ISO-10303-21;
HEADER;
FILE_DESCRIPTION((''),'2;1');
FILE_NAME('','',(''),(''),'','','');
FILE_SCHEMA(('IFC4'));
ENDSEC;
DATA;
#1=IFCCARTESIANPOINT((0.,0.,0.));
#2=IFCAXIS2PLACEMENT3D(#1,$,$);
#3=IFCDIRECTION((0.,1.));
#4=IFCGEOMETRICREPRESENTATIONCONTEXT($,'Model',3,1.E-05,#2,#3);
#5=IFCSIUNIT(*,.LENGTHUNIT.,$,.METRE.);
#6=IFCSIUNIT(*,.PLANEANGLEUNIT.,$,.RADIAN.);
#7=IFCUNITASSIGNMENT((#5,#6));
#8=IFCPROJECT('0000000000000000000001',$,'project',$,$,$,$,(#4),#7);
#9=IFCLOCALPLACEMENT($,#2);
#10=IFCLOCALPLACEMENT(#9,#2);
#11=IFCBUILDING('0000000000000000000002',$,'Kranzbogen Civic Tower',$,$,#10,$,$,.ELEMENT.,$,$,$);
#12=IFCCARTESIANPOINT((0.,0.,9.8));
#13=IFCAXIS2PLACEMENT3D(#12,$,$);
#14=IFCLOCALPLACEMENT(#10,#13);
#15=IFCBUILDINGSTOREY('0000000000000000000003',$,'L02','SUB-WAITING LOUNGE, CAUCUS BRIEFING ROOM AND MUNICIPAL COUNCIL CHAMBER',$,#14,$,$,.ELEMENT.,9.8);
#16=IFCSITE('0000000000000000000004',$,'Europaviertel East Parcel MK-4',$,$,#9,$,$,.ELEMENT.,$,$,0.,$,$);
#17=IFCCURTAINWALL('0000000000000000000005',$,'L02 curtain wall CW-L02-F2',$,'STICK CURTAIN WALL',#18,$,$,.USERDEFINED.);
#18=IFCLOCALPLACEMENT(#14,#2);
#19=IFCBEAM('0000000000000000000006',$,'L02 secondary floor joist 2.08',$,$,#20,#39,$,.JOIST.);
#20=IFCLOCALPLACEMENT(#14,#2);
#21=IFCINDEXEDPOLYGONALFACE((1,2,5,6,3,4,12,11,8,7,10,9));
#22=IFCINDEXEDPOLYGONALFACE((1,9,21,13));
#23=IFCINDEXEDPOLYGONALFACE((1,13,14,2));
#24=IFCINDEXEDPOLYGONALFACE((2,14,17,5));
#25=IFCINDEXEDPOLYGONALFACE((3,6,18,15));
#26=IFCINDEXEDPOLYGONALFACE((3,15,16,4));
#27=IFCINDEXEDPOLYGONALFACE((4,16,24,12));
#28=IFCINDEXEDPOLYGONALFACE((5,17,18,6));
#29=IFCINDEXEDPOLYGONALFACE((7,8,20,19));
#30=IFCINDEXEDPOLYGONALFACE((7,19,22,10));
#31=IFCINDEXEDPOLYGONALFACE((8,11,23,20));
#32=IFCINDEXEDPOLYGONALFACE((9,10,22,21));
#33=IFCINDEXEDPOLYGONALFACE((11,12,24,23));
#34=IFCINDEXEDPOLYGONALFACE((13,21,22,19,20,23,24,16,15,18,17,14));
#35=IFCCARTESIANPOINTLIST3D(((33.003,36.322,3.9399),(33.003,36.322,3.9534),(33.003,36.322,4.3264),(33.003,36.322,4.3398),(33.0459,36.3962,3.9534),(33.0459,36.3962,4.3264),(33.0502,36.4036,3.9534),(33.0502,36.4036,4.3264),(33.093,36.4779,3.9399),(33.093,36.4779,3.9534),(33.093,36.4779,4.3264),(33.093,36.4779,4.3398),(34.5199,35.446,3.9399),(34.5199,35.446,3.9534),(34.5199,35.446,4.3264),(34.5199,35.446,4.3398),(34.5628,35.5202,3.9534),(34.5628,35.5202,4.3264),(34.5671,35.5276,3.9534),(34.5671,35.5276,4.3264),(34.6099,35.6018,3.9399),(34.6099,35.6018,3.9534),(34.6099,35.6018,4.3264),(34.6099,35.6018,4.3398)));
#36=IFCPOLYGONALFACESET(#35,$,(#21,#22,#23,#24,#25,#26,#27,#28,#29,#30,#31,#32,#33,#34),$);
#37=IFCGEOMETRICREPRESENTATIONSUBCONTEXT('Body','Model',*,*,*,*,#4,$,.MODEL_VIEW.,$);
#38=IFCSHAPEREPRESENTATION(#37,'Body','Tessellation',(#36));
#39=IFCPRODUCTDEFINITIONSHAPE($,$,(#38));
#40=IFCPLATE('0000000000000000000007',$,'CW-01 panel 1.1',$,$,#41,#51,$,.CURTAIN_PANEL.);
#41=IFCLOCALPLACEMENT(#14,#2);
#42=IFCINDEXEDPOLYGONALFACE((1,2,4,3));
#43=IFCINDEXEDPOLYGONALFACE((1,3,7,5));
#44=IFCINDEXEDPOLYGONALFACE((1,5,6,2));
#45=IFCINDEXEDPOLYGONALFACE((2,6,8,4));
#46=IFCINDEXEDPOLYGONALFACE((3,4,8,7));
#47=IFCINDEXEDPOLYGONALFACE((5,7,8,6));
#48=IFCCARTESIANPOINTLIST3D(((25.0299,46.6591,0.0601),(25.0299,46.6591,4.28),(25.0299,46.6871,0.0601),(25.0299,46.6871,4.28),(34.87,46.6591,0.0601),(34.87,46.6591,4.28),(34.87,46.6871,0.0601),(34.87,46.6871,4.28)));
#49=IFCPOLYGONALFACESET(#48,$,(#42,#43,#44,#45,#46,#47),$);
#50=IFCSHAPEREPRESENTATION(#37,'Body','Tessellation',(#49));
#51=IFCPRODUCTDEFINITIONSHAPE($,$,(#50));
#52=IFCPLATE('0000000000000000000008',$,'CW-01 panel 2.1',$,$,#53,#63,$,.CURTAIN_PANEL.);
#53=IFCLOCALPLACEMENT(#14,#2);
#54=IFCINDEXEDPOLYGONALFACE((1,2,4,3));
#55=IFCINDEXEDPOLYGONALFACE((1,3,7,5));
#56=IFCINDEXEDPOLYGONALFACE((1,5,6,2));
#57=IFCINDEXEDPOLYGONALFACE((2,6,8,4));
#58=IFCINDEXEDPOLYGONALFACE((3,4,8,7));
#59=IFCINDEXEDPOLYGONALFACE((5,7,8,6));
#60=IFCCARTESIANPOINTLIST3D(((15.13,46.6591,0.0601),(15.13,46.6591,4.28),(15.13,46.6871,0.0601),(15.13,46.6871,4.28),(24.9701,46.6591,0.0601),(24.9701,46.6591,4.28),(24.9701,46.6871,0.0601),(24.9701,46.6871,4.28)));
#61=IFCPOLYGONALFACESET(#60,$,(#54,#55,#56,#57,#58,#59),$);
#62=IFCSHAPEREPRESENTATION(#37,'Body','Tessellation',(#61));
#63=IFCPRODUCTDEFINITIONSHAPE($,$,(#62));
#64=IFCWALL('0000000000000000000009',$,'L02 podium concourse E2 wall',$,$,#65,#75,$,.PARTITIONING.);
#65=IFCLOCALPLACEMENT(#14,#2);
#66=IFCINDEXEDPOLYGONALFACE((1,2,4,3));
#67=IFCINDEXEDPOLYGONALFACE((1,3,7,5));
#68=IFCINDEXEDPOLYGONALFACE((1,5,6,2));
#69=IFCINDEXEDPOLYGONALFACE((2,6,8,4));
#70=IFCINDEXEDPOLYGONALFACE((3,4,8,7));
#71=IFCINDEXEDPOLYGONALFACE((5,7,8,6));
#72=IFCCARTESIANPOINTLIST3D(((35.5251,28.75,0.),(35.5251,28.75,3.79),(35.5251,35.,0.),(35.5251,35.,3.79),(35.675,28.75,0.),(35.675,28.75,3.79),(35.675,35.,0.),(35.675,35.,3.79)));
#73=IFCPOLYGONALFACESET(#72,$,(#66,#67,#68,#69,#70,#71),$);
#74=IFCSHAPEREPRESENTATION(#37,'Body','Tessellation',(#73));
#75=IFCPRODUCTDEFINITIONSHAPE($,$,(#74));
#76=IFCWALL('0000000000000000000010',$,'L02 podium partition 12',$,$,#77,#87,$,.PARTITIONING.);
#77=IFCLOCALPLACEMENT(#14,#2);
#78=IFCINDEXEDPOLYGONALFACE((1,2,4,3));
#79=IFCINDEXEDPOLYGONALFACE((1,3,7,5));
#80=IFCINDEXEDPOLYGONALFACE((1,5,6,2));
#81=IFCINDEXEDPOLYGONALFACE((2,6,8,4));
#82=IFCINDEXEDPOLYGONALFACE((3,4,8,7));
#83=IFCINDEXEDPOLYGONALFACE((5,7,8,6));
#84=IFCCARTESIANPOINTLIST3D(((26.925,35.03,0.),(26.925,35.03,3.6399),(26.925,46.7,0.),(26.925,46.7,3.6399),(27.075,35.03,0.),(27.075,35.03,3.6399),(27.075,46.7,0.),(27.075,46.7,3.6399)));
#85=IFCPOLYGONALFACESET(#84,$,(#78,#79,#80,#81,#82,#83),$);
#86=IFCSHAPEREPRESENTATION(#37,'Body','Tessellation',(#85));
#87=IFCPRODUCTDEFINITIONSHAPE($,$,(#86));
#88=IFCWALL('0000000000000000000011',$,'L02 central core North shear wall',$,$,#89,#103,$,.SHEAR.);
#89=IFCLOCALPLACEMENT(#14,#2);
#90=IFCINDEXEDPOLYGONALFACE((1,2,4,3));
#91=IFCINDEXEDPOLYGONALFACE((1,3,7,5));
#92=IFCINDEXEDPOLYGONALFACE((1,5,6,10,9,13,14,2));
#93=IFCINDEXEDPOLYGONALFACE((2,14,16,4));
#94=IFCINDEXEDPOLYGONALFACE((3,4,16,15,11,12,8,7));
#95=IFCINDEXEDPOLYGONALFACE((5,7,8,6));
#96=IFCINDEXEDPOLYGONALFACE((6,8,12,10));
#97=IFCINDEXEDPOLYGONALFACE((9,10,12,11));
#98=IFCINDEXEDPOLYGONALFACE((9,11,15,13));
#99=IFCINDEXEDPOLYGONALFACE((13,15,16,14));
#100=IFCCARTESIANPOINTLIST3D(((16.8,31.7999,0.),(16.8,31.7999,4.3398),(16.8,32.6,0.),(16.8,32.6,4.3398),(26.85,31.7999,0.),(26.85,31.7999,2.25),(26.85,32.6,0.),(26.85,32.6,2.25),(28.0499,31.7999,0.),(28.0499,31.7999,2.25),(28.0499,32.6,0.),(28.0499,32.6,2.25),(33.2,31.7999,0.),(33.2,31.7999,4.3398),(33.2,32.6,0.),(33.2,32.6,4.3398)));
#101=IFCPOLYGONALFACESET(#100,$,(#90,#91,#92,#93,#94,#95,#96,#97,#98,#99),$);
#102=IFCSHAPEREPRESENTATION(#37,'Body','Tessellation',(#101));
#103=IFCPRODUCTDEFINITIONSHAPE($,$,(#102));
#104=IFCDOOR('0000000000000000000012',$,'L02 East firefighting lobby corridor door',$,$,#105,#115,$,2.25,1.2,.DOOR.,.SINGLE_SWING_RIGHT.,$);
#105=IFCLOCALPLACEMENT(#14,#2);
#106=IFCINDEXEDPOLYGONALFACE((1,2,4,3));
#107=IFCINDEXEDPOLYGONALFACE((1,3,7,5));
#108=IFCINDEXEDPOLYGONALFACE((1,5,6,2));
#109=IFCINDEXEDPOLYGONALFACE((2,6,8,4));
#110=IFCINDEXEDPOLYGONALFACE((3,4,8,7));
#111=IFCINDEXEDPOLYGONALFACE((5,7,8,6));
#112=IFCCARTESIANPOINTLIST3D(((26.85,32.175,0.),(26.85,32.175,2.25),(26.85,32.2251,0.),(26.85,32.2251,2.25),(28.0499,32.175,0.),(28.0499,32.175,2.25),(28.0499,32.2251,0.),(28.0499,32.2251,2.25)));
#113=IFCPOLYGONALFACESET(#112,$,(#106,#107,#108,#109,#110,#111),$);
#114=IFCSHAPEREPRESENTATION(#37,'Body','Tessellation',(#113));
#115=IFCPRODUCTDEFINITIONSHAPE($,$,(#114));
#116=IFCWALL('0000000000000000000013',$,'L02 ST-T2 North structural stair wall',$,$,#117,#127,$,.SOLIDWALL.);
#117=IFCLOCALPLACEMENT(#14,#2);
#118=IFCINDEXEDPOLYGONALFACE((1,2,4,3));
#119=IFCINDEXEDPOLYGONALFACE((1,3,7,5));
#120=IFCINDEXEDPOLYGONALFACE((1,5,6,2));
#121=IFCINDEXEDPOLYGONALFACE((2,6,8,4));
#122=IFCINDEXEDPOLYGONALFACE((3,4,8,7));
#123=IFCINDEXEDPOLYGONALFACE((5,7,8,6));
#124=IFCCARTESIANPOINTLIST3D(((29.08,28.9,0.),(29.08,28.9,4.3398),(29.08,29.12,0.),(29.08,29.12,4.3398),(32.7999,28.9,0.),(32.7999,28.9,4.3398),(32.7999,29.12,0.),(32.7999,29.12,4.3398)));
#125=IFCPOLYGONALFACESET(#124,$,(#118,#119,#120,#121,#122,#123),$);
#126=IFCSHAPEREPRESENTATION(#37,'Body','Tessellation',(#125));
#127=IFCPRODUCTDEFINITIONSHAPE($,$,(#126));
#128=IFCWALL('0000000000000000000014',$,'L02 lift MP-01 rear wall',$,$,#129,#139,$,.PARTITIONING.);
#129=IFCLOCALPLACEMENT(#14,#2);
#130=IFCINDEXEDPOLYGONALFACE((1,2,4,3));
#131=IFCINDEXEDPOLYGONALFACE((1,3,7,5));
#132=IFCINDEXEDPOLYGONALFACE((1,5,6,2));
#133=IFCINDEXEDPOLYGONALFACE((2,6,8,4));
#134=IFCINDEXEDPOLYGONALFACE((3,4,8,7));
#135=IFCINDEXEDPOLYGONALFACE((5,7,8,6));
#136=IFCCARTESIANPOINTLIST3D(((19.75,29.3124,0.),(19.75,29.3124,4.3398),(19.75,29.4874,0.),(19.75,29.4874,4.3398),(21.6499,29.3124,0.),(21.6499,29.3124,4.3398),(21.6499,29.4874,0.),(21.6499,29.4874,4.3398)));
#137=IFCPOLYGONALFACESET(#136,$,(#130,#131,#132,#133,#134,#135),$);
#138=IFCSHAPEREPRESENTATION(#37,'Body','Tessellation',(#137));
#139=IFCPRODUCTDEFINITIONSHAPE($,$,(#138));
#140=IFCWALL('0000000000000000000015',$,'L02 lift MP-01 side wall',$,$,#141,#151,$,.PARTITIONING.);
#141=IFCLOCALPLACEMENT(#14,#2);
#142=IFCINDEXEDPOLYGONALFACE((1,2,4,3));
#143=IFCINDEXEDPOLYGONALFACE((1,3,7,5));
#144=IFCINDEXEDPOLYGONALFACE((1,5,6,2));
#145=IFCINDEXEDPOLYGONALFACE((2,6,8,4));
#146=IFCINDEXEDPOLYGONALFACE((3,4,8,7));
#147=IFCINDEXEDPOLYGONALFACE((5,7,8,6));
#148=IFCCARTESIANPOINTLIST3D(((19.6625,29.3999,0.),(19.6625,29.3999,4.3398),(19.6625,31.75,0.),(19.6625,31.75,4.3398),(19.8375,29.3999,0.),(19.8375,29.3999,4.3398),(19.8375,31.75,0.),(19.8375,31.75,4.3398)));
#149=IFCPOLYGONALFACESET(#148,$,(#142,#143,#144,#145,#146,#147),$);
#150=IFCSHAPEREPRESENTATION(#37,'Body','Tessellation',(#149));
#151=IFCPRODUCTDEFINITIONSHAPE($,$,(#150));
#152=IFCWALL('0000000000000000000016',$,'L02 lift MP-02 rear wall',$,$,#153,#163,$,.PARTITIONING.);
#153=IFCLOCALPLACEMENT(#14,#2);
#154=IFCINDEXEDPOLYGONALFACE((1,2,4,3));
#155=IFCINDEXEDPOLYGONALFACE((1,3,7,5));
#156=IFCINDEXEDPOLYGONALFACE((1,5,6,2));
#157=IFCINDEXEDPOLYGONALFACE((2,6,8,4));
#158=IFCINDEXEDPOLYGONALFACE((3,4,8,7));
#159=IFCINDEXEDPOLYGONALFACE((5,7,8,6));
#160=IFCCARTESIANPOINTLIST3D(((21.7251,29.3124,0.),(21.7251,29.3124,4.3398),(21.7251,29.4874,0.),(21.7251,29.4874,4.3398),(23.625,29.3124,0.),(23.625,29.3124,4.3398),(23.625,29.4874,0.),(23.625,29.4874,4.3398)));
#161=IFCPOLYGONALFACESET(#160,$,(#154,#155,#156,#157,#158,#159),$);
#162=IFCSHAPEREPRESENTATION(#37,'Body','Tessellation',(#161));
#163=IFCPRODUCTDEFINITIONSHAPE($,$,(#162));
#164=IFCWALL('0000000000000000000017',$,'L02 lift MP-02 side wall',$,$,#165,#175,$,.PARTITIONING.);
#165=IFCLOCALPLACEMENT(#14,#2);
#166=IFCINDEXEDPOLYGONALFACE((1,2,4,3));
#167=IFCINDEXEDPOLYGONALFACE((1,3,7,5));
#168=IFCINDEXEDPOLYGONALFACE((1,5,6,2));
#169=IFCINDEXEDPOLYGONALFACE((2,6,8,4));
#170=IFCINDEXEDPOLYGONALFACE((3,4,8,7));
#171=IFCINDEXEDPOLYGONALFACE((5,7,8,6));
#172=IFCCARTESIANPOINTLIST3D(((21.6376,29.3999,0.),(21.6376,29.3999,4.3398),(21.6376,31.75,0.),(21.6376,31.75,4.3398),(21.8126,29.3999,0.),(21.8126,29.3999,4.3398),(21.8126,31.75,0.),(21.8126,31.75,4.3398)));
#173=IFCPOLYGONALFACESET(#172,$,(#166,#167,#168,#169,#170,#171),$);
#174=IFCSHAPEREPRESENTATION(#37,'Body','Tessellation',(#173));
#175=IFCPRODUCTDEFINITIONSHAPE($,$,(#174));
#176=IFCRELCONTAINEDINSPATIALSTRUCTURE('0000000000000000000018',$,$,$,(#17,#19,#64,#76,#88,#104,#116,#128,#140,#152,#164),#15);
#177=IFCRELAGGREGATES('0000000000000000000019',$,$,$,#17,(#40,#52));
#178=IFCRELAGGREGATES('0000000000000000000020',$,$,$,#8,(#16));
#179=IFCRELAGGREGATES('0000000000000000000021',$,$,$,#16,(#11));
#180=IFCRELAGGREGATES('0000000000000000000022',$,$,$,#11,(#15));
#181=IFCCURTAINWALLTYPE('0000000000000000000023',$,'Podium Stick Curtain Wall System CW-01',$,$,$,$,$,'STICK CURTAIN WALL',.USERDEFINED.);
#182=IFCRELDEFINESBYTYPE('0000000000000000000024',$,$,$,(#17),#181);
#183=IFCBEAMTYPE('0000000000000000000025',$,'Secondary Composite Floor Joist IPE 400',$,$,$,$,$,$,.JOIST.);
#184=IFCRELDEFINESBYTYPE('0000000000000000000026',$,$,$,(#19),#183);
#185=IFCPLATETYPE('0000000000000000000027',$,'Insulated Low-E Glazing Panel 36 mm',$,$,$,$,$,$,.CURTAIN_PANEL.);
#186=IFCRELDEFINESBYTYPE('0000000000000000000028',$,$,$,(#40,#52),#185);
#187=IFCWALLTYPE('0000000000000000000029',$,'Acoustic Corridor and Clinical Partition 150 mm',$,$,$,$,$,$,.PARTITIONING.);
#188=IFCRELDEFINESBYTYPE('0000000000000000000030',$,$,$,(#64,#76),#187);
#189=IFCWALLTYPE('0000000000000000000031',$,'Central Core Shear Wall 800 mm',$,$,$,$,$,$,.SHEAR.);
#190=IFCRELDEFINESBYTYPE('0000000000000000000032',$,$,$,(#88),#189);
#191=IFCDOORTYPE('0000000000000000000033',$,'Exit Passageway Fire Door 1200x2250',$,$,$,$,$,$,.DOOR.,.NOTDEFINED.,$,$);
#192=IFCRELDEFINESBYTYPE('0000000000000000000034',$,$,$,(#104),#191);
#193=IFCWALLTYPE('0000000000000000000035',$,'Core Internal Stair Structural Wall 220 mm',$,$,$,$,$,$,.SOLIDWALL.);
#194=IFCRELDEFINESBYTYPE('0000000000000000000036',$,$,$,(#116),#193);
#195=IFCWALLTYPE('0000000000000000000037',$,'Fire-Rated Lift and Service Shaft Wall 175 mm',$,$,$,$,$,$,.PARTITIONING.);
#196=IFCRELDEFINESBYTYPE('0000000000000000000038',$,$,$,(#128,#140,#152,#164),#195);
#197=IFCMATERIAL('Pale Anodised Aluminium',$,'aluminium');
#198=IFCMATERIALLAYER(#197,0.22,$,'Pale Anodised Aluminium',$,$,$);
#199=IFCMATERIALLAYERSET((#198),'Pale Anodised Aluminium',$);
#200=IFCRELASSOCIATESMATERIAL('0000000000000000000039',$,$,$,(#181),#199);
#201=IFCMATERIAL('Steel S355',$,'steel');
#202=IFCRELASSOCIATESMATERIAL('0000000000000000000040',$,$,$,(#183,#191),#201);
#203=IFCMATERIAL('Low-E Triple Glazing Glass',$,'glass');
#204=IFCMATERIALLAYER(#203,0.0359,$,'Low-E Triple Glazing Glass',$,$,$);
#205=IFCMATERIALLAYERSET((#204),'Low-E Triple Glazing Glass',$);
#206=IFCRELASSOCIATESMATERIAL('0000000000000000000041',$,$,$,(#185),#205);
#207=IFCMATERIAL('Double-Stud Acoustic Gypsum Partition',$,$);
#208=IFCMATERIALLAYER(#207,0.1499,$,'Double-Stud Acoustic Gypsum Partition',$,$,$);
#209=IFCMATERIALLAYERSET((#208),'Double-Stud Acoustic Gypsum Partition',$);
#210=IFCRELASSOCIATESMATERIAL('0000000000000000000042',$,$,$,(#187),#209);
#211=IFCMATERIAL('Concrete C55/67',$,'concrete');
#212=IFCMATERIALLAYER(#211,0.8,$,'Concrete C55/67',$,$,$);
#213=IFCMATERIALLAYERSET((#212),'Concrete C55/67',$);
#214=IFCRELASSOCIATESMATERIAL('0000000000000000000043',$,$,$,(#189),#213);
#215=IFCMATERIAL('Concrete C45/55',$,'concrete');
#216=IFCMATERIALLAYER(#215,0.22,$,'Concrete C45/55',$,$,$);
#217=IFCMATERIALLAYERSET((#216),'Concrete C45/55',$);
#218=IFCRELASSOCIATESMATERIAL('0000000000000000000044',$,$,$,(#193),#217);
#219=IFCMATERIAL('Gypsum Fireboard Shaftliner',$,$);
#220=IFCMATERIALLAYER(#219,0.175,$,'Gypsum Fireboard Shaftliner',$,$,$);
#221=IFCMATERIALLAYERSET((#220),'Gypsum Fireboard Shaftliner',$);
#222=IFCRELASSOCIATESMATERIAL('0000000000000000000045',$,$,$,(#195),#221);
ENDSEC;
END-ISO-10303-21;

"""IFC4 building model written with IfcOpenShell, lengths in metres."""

from ifc_helpers import new_model, si_unit, direction, frame, frame_2d, origin, origin_2d, place, context, subcontext, project, spatial, rectangle, i_section, extrude, material, layer, layer_set, material_profile, profile_set, type_object, element, fill, aggregate, save


model = new_model("IFC4")

# Units and contexts
model_context = context("Model", 3, precision=1e-05, world=origin(), true_north=direction((0.0, 1.0)))
body_context = subcontext(model_context, "Body", "Model", "MODEL_VIEW")
ifc_project = project(units=[si_unit("LENGTHUNIT", "METRE"), si_unit("PLANEANGLEUNIT", "RADIAN")], contexts=[model_context])

# Site, building, storey
site_placement = place(None, origin())
site = spatial("IfcSite", under=ifc_project, at=site_placement, Name="Europaviertel East Parcel MK-4", CompositionType="ELEMENT", RefElevation=0.0)
building_placement = place(site_placement, origin())
building = spatial("IfcBuilding", under=site, at=building_placement, Name="Kranzbogen Civic Tower", CompositionType="ELEMENT")
storey_placement = place(building_placement, frame((0.0, 0.0, 9.8)))
storey = spatial("IfcBuildingStorey", under=building, at=storey_placement, Name="L02", Description="SUB-WAITING LOUNGE, CAUCUS BRIEFING ROOM AND MUNICIPAL COUNCIL CHAMBER", CompositionType="ELEMENT", Elevation=9.8)

# Shared definitions
ifc_material_1 = material(Name="Pale Anodised Aluminium", Category="aluminium")

# Curtain wall
ifc_layer_1 = layer(ifc_material_1, 0.22, Name="Pale Anodised Aluminium")
ifc_layer_set_1 = layer_set([ifc_layer_1], Name="Pale Anodised Aluminium")
curtain_wall_type_1 = type_object("IfcCurtainWallType", Name="Podium Stick Curtain Wall System CW-01", ElementType="STICK CURTAIN WALL", PredefinedType="USERDEFINED", material=ifc_layer_set_1)
curtain_wall_1_placement = place(storey_placement, origin())
curtain_wall_1 = element("IfcCurtainWall", 1, at=curtain_wall_1_placement, inside=storey, type_object=curtain_wall_type_1, Name="L02 curtain wall CW-L02-F2", ObjectType="STICK CURTAIN WALL", PredefinedType="USERDEFINED")

# Beam
ifc_material_2 = material(Name="Steel S355", Category="steel")
ifc_material_profile_1 = material_profile(ifc_material_2, i_section(OverallWidth=0.1799, OverallDepth=0.3999, WebThickness=0.0085, FlangeThickness=0.0134, at=origin_2d()), Name="IPE 400")
ifc_profile_set_1 = profile_set([ifc_material_profile_1], Name="Steel S355")
beam_type_1 = type_object("IfcBeamType", Name="Secondary Composite Floor Joist IPE 400", PredefinedType="JOIST", material=ifc_profile_set_1)
beam_1_placement = place(storey_placement, frame((34.5649, 35.5239, 4.1399), z_axis=(-0.86597, 0.500096, 0.0), x_axis=(-0.500096, -0.86597, 0.0)))
element("IfcBeam", 2, at=beam_1_placement, inside=storey, type_object=beam_type_1, Name="L02 secondary floor joist 2.08", PredefinedType="JOIST", context=body_context, shape_type="SweptSolid", body=[
    extrude(i_section(OverallWidth=0.1799, OverallDepth=0.3999, WebThickness=0.0085, FlangeThickness=0.0134, at=origin_2d()), origin(), (0.0, 0.0, 1.0), 1.7517),
])

# Plates
ifc_material_3 = material(Name="Low-E Triple Glazing Glass", Category="glass")
ifc_layer_2 = layer(ifc_material_3, 0.0359, Name="Low-E Triple Glazing Glass")
ifc_layer_set_2 = layer_set([ifc_layer_2], Name="Low-E Triple Glazing Glass")
plate_type = type_object("IfcPlateType", Name="Insulated Low-E Glazing Panel 36 mm", PredefinedType="CURTAIN_PANEL", material=ifc_layer_set_2)
plate_1_placement = place(storey_placement, frame((29.95, 46.6731, 0.0601), z_axis=(0.0, 0.0, 1.0), x_axis=(-1.0, 0.0, 0.0)))
plate_1 = element("IfcPlate", 3, at=plate_1_placement, type_object=plate_type, Name="CW-01 panel 1.1", PredefinedType="CURTAIN_PANEL", context=body_context, shape_type="SweptSolid", body=[
    extrude(rectangle(XDim=9.8401, YDim=0.0281, at=origin_2d()), origin(), (0.0, 0.0, 1.0), 4.22),
])
plate_2_placement = place(storey_placement, frame((20.05, 46.6731, 0.0601), z_axis=(0.0, 0.0, 1.0), x_axis=(-1.0, 0.0, 0.0)))
plate_2 = element("IfcPlate", 4, at=plate_2_placement, type_object=plate_type, Name="CW-01 panel 2.1", PredefinedType="CURTAIN_PANEL", context=body_context, shape_type="SweptSolid", body=[
    extrude(rectangle(XDim=9.8401, YDim=0.0281, at=origin_2d()), origin(), (0.0, 0.0, 1.0), 4.22),
])
aggregate(curtain_wall_1, [plate_1, plate_2])

# Walls
ifc_material_4 = material(Name="Double-Stud Acoustic Gypsum Partition")
ifc_layer_3 = layer(ifc_material_4, 0.1499, Name="Double-Stud Acoustic Gypsum Partition")
ifc_layer_set_3 = layer_set([ifc_layer_3], Name="Double-Stud Acoustic Gypsum Partition")
wall_type_1 = type_object("IfcWallType", Name="Acoustic Corridor and Clinical Partition 150 mm", PredefinedType="PARTITIONING", material=ifc_layer_set_3)
wall_1_placement = place(storey_placement, frame((35.6001, 28.75, 0.0), z_axis=(0.0, 0.0, 1.0), x_axis=(0.0, 1.0, 0.0)))
element("IfcWall", 5, at=wall_1_placement, inside=storey, type_object=wall_type_1, Name="L02 podium concourse E2 wall", PredefinedType="PARTITIONING", context=body_context, shape_type="SweptSolid", body=[
    extrude(rectangle(XDim=6.25, YDim=0.1499, at=frame_2d((3.125, 0.0))), origin(), (0.0, 0.0, 1.0), 3.79),
])
wall_2_placement = place(storey_placement, frame((27.0, 35.03, 0.0), z_axis=(0.0, 0.0, 1.0), x_axis=(0.0, 1.0, 0.0)))
element("IfcWall", 6, at=wall_2_placement, inside=storey, type_object=wall_type_1, Name="L02 podium partition 12", PredefinedType="PARTITIONING", context=body_context, shape_type="SweptSolid", body=[
    extrude(rectangle(XDim=11.6699, YDim=0.1499, at=frame_2d((5.835, 0.0))), origin(), (0.0, 0.0, 1.0), 3.6399),
])

# Wall, opening, door
ifc_material_5 = material(Name="Concrete C55/67", Category="concrete")
ifc_layer_4 = layer(ifc_material_5, 0.8, Name="Concrete C55/67")
ifc_layer_set_4 = layer_set([ifc_layer_4], Name="Concrete C55/67")
wall_type_2 = type_object("IfcWallType", Name="Central Core Shear Wall 800 mm", PredefinedType="SHEAR", material=ifc_layer_set_4)
wall_3_placement = place(storey_placement, frame((33.2, 32.2, 0.0), z_axis=(0.0, 0.0, 1.0), x_axis=(-1.0, 0.0, 0.0)))
wall_3 = element("IfcWall", 7, at=wall_3_placement, inside=storey, type_object=wall_type_2, Name="L02 central core North shear wall", PredefinedType="SHEAR", context=body_context, shape_type="SweptSolid", body=[
    extrude(rectangle(XDim=16.3999, YDim=0.8, at=frame_2d((8.2, 0.0))), origin(), (0.0, 0.0, 1.0), 4.3398),
])
opening_1_placement = place(wall_3_placement, frame((5.1499, 0.0, 0.0)))
opening_1 = element("IfcOpeningElement", 8, at=opening_1_placement, cuts=wall_3, PredefinedType="OPENING", context=body_context, shape_type="SweptSolid", body=[
    extrude(rectangle(XDim=1.2, YDim=2.25, at=frame_2d((0.6001, 1.125))), frame((0.0, 0.4102, 0.0), z_axis=(0.0, -1.0, 0.0), x_axis=(1.0, 0.0, 0.0)), (0.0, 0.0, 1.0), 0.8201),
])
door_type_1 = type_object("IfcDoorType", Name="Exit Passageway Fire Door 1200x2250", OperationType="NOTDEFINED", PredefinedType="DOOR", material=ifc_material_2)
door_1_placement = place(opening_1_placement, origin())
door_1 = element("IfcDoor", 9, at=door_1_placement, inside=storey, type_object=door_type_1, Name="L02 East firefighting lobby corridor door", OperationType="SINGLE_SWING_RIGHT", OverallHeight=2.25, OverallWidth=1.2, PredefinedType="DOOR", context=body_context, shape_type="SweptSolid", body=[
    extrude(rectangle(XDim=1.2, YDim=2.25, at=frame_2d((0.6001, 1.125))), frame((0.0, 0.0249, 0.0), z_axis=(0.0, -1.0, 0.0), x_axis=(1.0, 0.0, 0.0)), (0.0, 0.0, 1.0), 0.05),
])
fill(opening_1, door_1)

# Walls
ifc_material_6 = material(Name="Concrete C45/55", Category="concrete")
ifc_layer_5 = layer(ifc_material_6, 0.22, Name="Concrete C45/55")
ifc_layer_set_5 = layer_set([ifc_layer_5], Name="Concrete C45/55")
wall_type_3 = type_object("IfcWallType", Name="Core Internal Stair Structural Wall 220 mm", PredefinedType="SOLIDWALL", material=ifc_layer_set_5)
wall_4_placement = place(storey_placement, frame((29.0801, 29.01, 0.0), z_axis=(0.0, 0.0, 1.0), x_axis=(1.0, 0.0, 0.0)))
element("IfcWall", 10, at=wall_4_placement, inside=storey, type_object=wall_type_3, Name="L02 ST-T2 North structural stair wall", PredefinedType="SOLIDWALL", context=body_context, shape_type="SweptSolid", body=[
    extrude(rectangle(XDim=3.72, YDim=0.22, at=frame_2d((1.8599, 0.0))), origin(), (0.0, 0.0, 1.0), 4.3398),
])
ifc_material_7 = material(Name="Gypsum Fireboard Shaftliner")
ifc_layer_6 = layer(ifc_material_7, 0.175, Name="Gypsum Fireboard Shaftliner")
ifc_layer_set_6 = layer_set([ifc_layer_6], Name="Gypsum Fireboard Shaftliner")
wall_type_4 = type_object("IfcWallType", Name="Fire-Rated Lift and Service Shaft Wall 175 mm", PredefinedType="PARTITIONING", material=ifc_layer_set_6)
wall_5_placement = place(storey_placement, frame((19.75, 29.3999, 0.0), z_axis=(0.0, 0.0, 1.0), x_axis=(1.0, 0.0, 0.0)))
element("IfcWall", 11, at=wall_5_placement, inside=storey, type_object=wall_type_4, Name="L02 lift MP-01 rear wall", PredefinedType="PARTITIONING", context=body_context, shape_type="SweptSolid", body=[
    extrude(rectangle(XDim=1.8999, YDim=0.175, at=frame_2d((0.95, 0.0))), origin(), (0.0, 0.0, 1.0), 4.3398),
])
wall_6_placement = place(storey_placement, frame((19.75, 29.3999, 0.0), z_axis=(0.0, 0.0, 1.0), x_axis=(0.0, 1.0, 0.0)))
element("IfcWall", 12, at=wall_6_placement, inside=storey, type_object=wall_type_4, Name="L02 lift MP-01 side wall", PredefinedType="PARTITIONING", context=body_context, shape_type="SweptSolid", body=[
    extrude(rectangle(XDim=2.3501, YDim=0.175, at=frame_2d((1.175, 0.0))), origin(), (0.0, 0.0, 1.0), 4.3398),
])
wall_7_placement = place(storey_placement, frame((21.7251, 29.3999, 0.0), z_axis=(0.0, 0.0, 1.0), x_axis=(1.0, 0.0, 0.0)))
element("IfcWall", 13, at=wall_7_placement, inside=storey, type_object=wall_type_4, Name="L02 lift MP-02 rear wall", PredefinedType="PARTITIONING", context=body_context, shape_type="SweptSolid", body=[
    extrude(rectangle(XDim=1.8999, YDim=0.175, at=frame_2d((0.95, 0.0))), origin(), (0.0, 0.0, 1.0), 4.3398),
])
wall_8_placement = place(storey_placement, frame((21.7251, 29.3999, 0.0), z_axis=(0.0, 0.0, 1.0), x_axis=(0.0, 1.0, 0.0)))
element("IfcWall", 14, at=wall_8_placement, inside=storey, type_object=wall_type_4, Name="L02 lift MP-02 side wall", PredefinedType="PARTITIONING", context=body_context, shape_type="SweptSolid", body=[
    extrude(rectangle(XDim=2.3501, YDim=0.175, at=frame_2d((1.175, 0.0))), origin(), (0.0, 0.0, 1.0), 4.3398),
])

save(model, "model.ifc")
